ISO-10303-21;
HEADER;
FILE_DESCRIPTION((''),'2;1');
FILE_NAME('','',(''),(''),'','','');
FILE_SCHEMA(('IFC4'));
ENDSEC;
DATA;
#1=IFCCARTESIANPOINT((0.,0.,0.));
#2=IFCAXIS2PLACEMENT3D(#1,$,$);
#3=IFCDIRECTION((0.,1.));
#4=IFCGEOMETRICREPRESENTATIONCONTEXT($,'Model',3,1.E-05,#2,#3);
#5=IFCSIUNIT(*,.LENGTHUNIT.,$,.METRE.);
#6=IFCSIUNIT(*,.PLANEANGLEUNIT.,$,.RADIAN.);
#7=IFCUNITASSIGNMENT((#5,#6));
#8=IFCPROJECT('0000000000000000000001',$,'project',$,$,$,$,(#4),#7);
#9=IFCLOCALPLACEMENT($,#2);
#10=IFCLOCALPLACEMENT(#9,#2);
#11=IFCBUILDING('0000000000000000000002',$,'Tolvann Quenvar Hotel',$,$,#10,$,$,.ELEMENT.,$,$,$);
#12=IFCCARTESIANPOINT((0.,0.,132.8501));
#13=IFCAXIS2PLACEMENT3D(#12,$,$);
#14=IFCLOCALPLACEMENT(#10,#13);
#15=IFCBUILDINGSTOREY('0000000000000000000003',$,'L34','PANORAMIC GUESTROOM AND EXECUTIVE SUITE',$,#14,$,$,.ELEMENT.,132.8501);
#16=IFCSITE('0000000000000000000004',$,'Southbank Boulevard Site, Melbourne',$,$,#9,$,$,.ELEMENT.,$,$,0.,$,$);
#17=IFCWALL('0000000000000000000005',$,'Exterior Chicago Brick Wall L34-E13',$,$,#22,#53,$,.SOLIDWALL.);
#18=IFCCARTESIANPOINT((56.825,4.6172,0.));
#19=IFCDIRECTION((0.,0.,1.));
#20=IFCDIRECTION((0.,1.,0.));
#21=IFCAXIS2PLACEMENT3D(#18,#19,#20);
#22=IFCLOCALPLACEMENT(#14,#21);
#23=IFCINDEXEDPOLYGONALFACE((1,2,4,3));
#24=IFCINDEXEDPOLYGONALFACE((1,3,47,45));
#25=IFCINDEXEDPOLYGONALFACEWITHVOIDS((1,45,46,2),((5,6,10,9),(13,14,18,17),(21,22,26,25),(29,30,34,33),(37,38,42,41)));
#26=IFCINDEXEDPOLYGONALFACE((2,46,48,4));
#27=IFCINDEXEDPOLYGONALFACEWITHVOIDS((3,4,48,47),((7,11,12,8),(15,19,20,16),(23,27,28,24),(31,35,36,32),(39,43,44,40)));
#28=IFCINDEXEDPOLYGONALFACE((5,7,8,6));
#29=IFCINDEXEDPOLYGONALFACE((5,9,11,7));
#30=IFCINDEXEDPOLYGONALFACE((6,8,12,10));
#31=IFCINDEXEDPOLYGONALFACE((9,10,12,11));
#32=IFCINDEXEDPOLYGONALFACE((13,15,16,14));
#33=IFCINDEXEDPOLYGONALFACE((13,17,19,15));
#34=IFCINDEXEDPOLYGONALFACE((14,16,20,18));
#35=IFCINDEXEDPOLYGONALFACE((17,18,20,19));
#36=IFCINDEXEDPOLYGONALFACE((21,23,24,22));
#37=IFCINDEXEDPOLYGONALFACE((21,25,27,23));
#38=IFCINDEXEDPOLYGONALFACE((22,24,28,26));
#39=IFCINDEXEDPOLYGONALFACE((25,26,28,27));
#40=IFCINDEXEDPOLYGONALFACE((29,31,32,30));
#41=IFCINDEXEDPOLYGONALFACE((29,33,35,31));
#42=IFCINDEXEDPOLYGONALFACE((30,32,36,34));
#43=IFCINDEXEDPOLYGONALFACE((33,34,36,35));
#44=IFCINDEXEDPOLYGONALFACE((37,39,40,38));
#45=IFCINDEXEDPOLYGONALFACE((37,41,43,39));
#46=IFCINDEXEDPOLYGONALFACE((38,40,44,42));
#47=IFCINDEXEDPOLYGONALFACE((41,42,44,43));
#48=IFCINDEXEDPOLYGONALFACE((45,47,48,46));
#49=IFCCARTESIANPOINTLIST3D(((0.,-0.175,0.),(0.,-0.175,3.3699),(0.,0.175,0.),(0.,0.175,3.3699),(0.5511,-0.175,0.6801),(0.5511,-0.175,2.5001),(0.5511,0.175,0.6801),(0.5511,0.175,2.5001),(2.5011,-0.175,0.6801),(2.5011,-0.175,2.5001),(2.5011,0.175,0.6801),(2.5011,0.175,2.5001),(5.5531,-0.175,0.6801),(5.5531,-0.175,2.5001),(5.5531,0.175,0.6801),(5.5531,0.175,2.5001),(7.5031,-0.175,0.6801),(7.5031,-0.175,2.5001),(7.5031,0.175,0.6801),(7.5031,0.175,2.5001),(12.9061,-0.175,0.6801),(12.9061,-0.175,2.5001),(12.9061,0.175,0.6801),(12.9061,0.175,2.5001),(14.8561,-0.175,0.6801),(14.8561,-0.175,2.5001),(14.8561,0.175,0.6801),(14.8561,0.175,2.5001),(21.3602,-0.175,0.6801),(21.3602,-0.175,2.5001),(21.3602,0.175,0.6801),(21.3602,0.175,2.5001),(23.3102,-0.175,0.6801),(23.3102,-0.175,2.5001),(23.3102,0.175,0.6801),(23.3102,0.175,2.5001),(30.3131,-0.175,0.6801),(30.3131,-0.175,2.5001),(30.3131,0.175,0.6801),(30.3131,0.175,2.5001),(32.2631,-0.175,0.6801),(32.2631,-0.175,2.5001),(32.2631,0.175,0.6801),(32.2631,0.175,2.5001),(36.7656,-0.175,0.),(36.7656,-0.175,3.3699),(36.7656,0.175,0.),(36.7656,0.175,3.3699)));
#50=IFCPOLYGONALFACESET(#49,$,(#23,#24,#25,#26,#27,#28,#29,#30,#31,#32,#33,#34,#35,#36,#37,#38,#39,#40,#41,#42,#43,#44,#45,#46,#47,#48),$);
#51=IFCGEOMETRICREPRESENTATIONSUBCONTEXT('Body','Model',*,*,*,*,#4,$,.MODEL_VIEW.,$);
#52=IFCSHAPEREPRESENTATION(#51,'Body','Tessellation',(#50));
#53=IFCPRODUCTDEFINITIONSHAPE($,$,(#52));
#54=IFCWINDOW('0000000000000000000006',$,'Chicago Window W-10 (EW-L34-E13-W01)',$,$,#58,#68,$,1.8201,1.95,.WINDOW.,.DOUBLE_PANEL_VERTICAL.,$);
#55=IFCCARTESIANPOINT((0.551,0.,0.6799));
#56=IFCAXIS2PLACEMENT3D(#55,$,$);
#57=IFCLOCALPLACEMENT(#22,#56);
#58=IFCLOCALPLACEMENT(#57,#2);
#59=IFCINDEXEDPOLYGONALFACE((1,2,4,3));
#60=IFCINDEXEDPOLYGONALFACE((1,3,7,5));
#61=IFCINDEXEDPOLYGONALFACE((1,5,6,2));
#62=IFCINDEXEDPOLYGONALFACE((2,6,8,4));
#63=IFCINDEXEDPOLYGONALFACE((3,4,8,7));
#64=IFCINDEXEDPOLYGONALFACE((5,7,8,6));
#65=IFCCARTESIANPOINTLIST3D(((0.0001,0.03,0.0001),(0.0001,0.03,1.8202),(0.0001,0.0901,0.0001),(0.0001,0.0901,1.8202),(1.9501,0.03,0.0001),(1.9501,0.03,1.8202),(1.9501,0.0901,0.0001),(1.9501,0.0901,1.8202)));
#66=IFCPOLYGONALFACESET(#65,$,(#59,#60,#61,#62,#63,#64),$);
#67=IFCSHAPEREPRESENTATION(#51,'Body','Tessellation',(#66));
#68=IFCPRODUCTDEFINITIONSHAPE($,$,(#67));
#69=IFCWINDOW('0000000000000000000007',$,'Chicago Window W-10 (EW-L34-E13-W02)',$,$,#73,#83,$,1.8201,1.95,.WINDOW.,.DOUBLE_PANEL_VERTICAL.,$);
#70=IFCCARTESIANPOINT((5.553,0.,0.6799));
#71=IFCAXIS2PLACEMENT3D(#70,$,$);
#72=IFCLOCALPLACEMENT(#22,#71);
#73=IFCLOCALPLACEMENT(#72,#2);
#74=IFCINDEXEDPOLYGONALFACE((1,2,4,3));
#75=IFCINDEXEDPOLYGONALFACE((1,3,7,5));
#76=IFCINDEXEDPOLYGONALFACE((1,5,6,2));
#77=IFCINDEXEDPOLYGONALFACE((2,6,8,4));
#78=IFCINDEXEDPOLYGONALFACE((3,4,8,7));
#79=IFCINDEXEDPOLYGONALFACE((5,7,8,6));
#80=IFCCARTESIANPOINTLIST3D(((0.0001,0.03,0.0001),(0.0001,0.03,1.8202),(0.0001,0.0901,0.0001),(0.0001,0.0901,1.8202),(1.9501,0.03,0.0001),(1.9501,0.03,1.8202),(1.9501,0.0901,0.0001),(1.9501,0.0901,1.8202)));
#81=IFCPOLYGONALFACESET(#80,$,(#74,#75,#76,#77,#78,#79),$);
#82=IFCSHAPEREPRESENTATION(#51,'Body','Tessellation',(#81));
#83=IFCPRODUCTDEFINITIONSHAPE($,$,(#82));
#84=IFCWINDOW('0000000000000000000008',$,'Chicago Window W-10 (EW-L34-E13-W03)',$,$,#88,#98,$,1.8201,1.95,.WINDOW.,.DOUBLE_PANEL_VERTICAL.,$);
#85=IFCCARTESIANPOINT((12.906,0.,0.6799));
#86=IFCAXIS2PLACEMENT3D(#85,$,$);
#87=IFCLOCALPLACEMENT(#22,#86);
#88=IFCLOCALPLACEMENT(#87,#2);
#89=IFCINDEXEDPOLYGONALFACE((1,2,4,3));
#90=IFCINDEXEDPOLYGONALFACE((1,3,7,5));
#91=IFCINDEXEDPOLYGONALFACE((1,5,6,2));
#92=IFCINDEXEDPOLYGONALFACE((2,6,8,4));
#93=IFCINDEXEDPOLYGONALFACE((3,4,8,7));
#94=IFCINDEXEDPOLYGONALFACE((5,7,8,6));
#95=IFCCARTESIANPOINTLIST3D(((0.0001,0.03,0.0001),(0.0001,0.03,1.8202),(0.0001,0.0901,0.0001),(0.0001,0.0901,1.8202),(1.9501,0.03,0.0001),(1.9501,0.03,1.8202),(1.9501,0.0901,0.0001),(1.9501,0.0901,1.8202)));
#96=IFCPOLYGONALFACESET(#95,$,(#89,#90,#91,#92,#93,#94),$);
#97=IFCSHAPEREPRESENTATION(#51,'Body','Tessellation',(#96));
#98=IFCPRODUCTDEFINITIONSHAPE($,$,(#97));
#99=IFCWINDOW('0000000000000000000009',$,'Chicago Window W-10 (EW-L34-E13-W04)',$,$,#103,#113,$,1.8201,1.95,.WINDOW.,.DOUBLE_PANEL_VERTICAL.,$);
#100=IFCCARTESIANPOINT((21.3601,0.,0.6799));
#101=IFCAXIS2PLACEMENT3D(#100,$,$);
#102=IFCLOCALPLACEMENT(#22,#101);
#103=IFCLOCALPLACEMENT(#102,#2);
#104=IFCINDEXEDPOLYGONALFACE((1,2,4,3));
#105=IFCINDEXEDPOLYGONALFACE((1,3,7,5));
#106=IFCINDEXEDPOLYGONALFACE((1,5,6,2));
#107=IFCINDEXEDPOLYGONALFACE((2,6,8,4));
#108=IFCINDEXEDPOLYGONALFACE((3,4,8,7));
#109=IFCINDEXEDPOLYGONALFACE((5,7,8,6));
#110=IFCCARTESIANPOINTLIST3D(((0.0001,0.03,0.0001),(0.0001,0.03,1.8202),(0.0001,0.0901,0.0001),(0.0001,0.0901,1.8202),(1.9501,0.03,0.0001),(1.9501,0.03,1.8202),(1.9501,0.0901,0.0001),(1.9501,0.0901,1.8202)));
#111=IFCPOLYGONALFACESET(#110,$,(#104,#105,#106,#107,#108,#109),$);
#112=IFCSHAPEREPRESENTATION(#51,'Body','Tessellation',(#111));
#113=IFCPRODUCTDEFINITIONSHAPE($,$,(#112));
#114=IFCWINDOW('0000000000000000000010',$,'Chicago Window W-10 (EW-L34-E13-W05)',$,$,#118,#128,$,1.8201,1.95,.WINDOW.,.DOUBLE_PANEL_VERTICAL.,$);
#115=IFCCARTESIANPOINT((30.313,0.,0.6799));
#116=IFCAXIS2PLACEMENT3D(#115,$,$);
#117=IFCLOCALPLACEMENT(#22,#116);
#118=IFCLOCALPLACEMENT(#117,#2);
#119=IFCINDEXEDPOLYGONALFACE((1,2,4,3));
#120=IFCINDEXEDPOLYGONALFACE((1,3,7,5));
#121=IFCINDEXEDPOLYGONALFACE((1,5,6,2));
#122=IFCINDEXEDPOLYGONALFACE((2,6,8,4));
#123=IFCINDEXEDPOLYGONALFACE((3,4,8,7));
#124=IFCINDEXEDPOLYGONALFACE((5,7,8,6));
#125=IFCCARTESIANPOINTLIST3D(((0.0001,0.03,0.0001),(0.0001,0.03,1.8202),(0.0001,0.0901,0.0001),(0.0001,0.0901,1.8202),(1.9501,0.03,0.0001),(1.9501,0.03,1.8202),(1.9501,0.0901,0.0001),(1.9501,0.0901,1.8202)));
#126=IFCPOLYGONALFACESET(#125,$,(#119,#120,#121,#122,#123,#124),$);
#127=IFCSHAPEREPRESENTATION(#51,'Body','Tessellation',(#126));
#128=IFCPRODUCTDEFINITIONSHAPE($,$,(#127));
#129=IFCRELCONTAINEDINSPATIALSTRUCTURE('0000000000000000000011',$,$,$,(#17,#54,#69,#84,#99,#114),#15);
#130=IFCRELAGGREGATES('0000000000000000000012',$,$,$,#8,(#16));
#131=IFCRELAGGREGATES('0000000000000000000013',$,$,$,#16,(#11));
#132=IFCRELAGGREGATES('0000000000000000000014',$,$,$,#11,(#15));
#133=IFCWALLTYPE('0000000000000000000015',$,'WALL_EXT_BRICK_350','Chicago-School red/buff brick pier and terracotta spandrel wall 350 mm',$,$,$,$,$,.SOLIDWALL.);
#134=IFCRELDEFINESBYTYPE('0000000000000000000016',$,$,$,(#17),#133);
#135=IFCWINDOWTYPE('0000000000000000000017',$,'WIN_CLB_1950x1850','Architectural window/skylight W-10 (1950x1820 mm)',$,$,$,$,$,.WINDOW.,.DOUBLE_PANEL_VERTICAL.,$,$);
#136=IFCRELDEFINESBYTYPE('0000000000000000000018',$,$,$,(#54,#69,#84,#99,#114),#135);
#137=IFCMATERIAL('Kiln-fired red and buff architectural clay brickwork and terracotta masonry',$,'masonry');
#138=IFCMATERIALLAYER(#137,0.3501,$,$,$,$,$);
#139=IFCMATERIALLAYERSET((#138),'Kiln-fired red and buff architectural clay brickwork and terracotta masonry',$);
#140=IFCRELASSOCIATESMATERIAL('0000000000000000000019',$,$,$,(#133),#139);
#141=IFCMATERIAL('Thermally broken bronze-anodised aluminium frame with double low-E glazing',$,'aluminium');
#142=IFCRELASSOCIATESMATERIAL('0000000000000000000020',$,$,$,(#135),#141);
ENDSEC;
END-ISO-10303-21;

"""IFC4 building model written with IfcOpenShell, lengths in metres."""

from ifc_helpers import new_model, si_unit, direction, frame, frame_2d, origin, place, context, subcontext, project, spatial, rectangle, extrude, source, transform, mapped, material, layer, layer_set, type_object, type_shapes, element, fill, save


model = new_model("IFC4")

# Units and contexts
model_context = context("Model", 3, precision=1e-05, world=origin(), true_north=direction((0.0, 1.0)))
body_context = subcontext(model_context, "Body", "Model", "MODEL_VIEW")
ifc_project = project(units=[si_unit("LENGTHUNIT", "METRE"), si_unit("PLANEANGLEUNIT", "RADIAN")], contexts=[model_context])

# Site, building, storey
site_placement = place(None, origin())
site = spatial("IfcSite", under=ifc_project, at=site_placement, Name="Southbank Boulevard Site, Melbourne", CompositionType="ELEMENT", RefElevation=0.0)
building_placement = place(site_placement, origin())
building = spatial("IfcBuilding", under=site, at=building_placement, Name="Tolvann Quenvar Hotel", CompositionType="ELEMENT")
storey_placement = place(building_placement, frame((0.0, 0.0, 132.8501)))
storey = spatial("IfcBuildingStorey", under=building, at=storey_placement, Name="L34", Description="PANORAMIC GUESTROOM AND EXECUTIVE SUITE", CompositionType="ELEMENT", Elevation=132.8501)

# Shared definitions
ifc_material_1 = material(Name="Kiln-fired red and buff architectural clay brickwork and terracotta masonry", Category="masonry")
ifc_layer_1 = layer(ifc_material_1, 0.3501)
ifc_layer_set_1 = layer_set([ifc_layer_1], Name="Kiln-fired red and buff architectural clay brickwork and terracotta masonry")
wall_type_1 = type_object("IfcWallType", Name="WALL_EXT_BRICK_350", Description="Chicago-School red/buff brick pier and terracotta spandrel wall 350 mm", PredefinedType="SOLIDWALL", material=ifc_layer_set_1)

# Wall, openings, windows
wall_1_placement = place(storey_placement, frame((56.825, 4.6172, 0.0), z_axis=(0.0, 0.0, 1.0), x_axis=(0.0, 1.0, 0.0)))
wall_1 = element("IfcWall", 1, at=wall_1_placement, inside=storey, type_object=wall_type_1, Name="Exterior Chicago Brick Wall L34-E13", PredefinedType="SOLIDWALL", context=body_context, shape_type="SweptSolid", body=[
    extrude(rectangle(XDim=36.7656, YDim=0.3501, at=frame_2d((18.3828, 0.0))), origin(), (0.0, 0.0, 1.0), 3.3699),
])
opening_1_placement = place(wall_1_placement, frame((0.551, 0.0, 0.6799)))
opening_1 = element("IfcOpeningElement", 2, at=opening_1_placement, cuts=wall_1, PredefinedType="OPENING", context=body_context, shape_type="SweptSolid", body=[
    extrude(rectangle(XDim=1.95, YDim=1.8201, at=frame_2d((0.9751, 0.9102))), frame((0.0, 0.1851, 0.0), z_axis=(0.0, -1.0, 0.0), x_axis=(1.0, 0.0, 0.0)), (0.0, 0.0, 1.0), 0.3701),
])
opening_2_placement = place(wall_1_placement, frame((5.553, 0.0, 0.6799)))
opening_2 = element("IfcOpeningElement", 3, at=opening_2_placement, cuts=wall_1, PredefinedType="OPENING", context=body_context, shape_type="SweptSolid", body=[
    extrude(rectangle(XDim=1.95, YDim=1.8201, at=frame_2d((0.9751, 0.9102))), frame((0.0, 0.1851, 0.0), z_axis=(0.0, -1.0, 0.0), x_axis=(1.0, 0.0, 0.0)), (0.0, 0.0, 1.0), 0.3701),
])
opening_3_placement = place(wall_1_placement, frame((12.906, 0.0, 0.6799)))
opening_3 = element("IfcOpeningElement", 4, at=opening_3_placement, cuts=wall_1, PredefinedType="OPENING", context=body_context, shape_type="SweptSolid", body=[
    extrude(rectangle(XDim=1.95, YDim=1.8201, at=frame_2d((0.9751, 0.9102))), frame((0.0, 0.1851, 0.0), z_axis=(0.0, -1.0, 0.0), x_axis=(1.0, 0.0, 0.0)), (0.0, 0.0, 1.0), 0.3701),
])
opening_4_placement = place(wall_1_placement, frame((21.3601, 0.0, 0.6799)))
opening_4 = element("IfcOpeningElement", 5, at=opening_4_placement, cuts=wall_1, PredefinedType="OPENING", context=body_context, shape_type="SweptSolid", body=[
    extrude(rectangle(XDim=1.95, YDim=1.8201, at=frame_2d((0.9751, 0.9102))), frame((0.0, 0.1851, 0.0), z_axis=(0.0, -1.0, 0.0), x_axis=(1.0, 0.0, 0.0)), (0.0, 0.0, 1.0), 0.3701),
])
opening_5_placement = place(wall_1_placement, frame((30.313, 0.0, 0.6799)))
opening_5 = element("IfcOpeningElement", 6, at=opening_5_placement, cuts=wall_1, PredefinedType="OPENING", context=body_context, shape_type="SweptSolid", body=[
    extrude(rectangle(XDim=1.95, YDim=1.8201, at=frame_2d((0.9751, 0.9102))), frame((0.0, 0.1851, 0.0), z_axis=(0.0, -1.0, 0.0), x_axis=(1.0, 0.0, 0.0)), (0.0, 0.0, 1.0), 0.3701),
])
ifc_material_2 = material(Name="Thermally broken bronze-anodised aluminium frame with double low-E glazing", Category="aluminium")
window_type = type_object("IfcWindowType", Name="WIN_CLB_1950x1850", Description="Architectural window/skylight W-10 (1950x1820 mm)", PartitioningType="DOUBLE_PANEL_VERTICAL", PredefinedType="WINDOW", material=ifc_material_2)
shared_shape_1 = source(origin(), body_context, "Body", "SweptSolid", [
    extrude(rectangle(XDim=1.95, YDim=1.8201, at=frame_2d((0.9751, 0.9102))), frame((0.0, 0.0901, 0.0), z_axis=(0.0, -1.0, 0.0), x_axis=(1.0, 0.0, 0.0)), (0.0, 0.0, 1.0), 0.0601),
])
type_shapes(window_type, [shared_shape_1])
window_1_placement = place(opening_1_placement, origin())
window_1 = element("IfcWindow", 7, at=window_1_placement, inside=storey, type_object=window_type, Name="Chicago Window W-10 (EW-L34-E13-W01)", OverallHeight=1.8201, OverallWidth=1.95, PartitioningType="DOUBLE_PANEL_VERTICAL", PredefinedType="WINDOW", context=body_context, shape_type="MappedRepresentation", body=[
    mapped(shared_shape_1, transform((0.0, 0.0, 0.0), x_axis=(1.0, 0.0, 0.0), y_axis=(0.0, 1.0, 0.0), z_axis=(0.0, 0.0, 1.0), scale=1.0)),
])
fill(opening_1, window_1)
window_2_placement = place(opening_2_placement, origin())
window_2 = element("IfcWindow", 8, at=window_2_placement, inside=storey, type_object=window_type, Name="Chicago Window W-10 (EW-L34-E13-W02)", OverallHeight=1.8201, OverallWidth=1.95, PartitioningType="DOUBLE_PANEL_VERTICAL", PredefinedType="WINDOW", context=body_context, shape_type="MappedRepresentation", body=[
    mapped(shared_shape_1, transform((0.0, 0.0, 0.0), x_axis=(1.0, 0.0, 0.0), y_axis=(0.0, 1.0, 0.0), z_axis=(0.0, 0.0, 1.0), scale=1.0)),
])
fill(opening_2, window_2)
window_3_placement = place(opening_3_placement, origin())
window_3 = element("IfcWindow", 9, at=window_3_placement, inside=storey, type_object=window_type, Name="Chicago Window W-10 (EW-L34-E13-W03)", OverallHeight=1.8201, OverallWidth=1.95, PartitioningType="DOUBLE_PANEL_VERTICAL", PredefinedType="WINDOW", context=body_context, shape_type="MappedRepresentation", body=[
    mapped(shared_shape_1, transform((0.0, 0.0, 0.0), x_axis=(1.0, 0.0, 0.0), y_axis=(0.0, 1.0, 0.0), z_axis=(0.0, 0.0, 1.0), scale=1.0)),
])
fill(opening_3, window_3)
window_4_placement = place(opening_4_placement, origin())
window_4 = element("IfcWindow", 10, at=window_4_placement, inside=storey, type_object=window_type, Name="Chicago Window W-10 (EW-L34-E13-W04)", OverallHeight=1.8201, OverallWidth=1.95, PartitioningType="DOUBLE_PANEL_VERTICAL", PredefinedType="WINDOW", context=body_context, shape_type="MappedRepresentation", body=[
    mapped(shared_shape_1, transform((0.0, 0.0, 0.0), x_axis=(1.0, 0.0, 0.0), y_axis=(0.0, 1.0, 0.0), z_axis=(0.0, 0.0, 1.0), scale=1.0)),
])
fill(opening_4, window_4)
window_5_placement = place(opening_5_placement, origin())
window_5 = element("IfcWindow", 11, at=window_5_placement, inside=storey, type_object=window_type, Name="Chicago Window W-10 (EW-L34-E13-W05)", OverallHeight=1.8201, OverallWidth=1.95, PartitioningType="DOUBLE_PANEL_VERTICAL", PredefinedType="WINDOW", context=body_context, shape_type="MappedRepresentation", body=[
    mapped(shared_shape_1, transform((0.0, 0.0, 0.0), x_axis=(1.0, 0.0, 0.0), y_axis=(0.0, 1.0, 0.0), z_axis=(0.0, 0.0, 1.0), scale=1.0)),
])
fill(opening_5, window_5)

save(model, "model.ifc")
